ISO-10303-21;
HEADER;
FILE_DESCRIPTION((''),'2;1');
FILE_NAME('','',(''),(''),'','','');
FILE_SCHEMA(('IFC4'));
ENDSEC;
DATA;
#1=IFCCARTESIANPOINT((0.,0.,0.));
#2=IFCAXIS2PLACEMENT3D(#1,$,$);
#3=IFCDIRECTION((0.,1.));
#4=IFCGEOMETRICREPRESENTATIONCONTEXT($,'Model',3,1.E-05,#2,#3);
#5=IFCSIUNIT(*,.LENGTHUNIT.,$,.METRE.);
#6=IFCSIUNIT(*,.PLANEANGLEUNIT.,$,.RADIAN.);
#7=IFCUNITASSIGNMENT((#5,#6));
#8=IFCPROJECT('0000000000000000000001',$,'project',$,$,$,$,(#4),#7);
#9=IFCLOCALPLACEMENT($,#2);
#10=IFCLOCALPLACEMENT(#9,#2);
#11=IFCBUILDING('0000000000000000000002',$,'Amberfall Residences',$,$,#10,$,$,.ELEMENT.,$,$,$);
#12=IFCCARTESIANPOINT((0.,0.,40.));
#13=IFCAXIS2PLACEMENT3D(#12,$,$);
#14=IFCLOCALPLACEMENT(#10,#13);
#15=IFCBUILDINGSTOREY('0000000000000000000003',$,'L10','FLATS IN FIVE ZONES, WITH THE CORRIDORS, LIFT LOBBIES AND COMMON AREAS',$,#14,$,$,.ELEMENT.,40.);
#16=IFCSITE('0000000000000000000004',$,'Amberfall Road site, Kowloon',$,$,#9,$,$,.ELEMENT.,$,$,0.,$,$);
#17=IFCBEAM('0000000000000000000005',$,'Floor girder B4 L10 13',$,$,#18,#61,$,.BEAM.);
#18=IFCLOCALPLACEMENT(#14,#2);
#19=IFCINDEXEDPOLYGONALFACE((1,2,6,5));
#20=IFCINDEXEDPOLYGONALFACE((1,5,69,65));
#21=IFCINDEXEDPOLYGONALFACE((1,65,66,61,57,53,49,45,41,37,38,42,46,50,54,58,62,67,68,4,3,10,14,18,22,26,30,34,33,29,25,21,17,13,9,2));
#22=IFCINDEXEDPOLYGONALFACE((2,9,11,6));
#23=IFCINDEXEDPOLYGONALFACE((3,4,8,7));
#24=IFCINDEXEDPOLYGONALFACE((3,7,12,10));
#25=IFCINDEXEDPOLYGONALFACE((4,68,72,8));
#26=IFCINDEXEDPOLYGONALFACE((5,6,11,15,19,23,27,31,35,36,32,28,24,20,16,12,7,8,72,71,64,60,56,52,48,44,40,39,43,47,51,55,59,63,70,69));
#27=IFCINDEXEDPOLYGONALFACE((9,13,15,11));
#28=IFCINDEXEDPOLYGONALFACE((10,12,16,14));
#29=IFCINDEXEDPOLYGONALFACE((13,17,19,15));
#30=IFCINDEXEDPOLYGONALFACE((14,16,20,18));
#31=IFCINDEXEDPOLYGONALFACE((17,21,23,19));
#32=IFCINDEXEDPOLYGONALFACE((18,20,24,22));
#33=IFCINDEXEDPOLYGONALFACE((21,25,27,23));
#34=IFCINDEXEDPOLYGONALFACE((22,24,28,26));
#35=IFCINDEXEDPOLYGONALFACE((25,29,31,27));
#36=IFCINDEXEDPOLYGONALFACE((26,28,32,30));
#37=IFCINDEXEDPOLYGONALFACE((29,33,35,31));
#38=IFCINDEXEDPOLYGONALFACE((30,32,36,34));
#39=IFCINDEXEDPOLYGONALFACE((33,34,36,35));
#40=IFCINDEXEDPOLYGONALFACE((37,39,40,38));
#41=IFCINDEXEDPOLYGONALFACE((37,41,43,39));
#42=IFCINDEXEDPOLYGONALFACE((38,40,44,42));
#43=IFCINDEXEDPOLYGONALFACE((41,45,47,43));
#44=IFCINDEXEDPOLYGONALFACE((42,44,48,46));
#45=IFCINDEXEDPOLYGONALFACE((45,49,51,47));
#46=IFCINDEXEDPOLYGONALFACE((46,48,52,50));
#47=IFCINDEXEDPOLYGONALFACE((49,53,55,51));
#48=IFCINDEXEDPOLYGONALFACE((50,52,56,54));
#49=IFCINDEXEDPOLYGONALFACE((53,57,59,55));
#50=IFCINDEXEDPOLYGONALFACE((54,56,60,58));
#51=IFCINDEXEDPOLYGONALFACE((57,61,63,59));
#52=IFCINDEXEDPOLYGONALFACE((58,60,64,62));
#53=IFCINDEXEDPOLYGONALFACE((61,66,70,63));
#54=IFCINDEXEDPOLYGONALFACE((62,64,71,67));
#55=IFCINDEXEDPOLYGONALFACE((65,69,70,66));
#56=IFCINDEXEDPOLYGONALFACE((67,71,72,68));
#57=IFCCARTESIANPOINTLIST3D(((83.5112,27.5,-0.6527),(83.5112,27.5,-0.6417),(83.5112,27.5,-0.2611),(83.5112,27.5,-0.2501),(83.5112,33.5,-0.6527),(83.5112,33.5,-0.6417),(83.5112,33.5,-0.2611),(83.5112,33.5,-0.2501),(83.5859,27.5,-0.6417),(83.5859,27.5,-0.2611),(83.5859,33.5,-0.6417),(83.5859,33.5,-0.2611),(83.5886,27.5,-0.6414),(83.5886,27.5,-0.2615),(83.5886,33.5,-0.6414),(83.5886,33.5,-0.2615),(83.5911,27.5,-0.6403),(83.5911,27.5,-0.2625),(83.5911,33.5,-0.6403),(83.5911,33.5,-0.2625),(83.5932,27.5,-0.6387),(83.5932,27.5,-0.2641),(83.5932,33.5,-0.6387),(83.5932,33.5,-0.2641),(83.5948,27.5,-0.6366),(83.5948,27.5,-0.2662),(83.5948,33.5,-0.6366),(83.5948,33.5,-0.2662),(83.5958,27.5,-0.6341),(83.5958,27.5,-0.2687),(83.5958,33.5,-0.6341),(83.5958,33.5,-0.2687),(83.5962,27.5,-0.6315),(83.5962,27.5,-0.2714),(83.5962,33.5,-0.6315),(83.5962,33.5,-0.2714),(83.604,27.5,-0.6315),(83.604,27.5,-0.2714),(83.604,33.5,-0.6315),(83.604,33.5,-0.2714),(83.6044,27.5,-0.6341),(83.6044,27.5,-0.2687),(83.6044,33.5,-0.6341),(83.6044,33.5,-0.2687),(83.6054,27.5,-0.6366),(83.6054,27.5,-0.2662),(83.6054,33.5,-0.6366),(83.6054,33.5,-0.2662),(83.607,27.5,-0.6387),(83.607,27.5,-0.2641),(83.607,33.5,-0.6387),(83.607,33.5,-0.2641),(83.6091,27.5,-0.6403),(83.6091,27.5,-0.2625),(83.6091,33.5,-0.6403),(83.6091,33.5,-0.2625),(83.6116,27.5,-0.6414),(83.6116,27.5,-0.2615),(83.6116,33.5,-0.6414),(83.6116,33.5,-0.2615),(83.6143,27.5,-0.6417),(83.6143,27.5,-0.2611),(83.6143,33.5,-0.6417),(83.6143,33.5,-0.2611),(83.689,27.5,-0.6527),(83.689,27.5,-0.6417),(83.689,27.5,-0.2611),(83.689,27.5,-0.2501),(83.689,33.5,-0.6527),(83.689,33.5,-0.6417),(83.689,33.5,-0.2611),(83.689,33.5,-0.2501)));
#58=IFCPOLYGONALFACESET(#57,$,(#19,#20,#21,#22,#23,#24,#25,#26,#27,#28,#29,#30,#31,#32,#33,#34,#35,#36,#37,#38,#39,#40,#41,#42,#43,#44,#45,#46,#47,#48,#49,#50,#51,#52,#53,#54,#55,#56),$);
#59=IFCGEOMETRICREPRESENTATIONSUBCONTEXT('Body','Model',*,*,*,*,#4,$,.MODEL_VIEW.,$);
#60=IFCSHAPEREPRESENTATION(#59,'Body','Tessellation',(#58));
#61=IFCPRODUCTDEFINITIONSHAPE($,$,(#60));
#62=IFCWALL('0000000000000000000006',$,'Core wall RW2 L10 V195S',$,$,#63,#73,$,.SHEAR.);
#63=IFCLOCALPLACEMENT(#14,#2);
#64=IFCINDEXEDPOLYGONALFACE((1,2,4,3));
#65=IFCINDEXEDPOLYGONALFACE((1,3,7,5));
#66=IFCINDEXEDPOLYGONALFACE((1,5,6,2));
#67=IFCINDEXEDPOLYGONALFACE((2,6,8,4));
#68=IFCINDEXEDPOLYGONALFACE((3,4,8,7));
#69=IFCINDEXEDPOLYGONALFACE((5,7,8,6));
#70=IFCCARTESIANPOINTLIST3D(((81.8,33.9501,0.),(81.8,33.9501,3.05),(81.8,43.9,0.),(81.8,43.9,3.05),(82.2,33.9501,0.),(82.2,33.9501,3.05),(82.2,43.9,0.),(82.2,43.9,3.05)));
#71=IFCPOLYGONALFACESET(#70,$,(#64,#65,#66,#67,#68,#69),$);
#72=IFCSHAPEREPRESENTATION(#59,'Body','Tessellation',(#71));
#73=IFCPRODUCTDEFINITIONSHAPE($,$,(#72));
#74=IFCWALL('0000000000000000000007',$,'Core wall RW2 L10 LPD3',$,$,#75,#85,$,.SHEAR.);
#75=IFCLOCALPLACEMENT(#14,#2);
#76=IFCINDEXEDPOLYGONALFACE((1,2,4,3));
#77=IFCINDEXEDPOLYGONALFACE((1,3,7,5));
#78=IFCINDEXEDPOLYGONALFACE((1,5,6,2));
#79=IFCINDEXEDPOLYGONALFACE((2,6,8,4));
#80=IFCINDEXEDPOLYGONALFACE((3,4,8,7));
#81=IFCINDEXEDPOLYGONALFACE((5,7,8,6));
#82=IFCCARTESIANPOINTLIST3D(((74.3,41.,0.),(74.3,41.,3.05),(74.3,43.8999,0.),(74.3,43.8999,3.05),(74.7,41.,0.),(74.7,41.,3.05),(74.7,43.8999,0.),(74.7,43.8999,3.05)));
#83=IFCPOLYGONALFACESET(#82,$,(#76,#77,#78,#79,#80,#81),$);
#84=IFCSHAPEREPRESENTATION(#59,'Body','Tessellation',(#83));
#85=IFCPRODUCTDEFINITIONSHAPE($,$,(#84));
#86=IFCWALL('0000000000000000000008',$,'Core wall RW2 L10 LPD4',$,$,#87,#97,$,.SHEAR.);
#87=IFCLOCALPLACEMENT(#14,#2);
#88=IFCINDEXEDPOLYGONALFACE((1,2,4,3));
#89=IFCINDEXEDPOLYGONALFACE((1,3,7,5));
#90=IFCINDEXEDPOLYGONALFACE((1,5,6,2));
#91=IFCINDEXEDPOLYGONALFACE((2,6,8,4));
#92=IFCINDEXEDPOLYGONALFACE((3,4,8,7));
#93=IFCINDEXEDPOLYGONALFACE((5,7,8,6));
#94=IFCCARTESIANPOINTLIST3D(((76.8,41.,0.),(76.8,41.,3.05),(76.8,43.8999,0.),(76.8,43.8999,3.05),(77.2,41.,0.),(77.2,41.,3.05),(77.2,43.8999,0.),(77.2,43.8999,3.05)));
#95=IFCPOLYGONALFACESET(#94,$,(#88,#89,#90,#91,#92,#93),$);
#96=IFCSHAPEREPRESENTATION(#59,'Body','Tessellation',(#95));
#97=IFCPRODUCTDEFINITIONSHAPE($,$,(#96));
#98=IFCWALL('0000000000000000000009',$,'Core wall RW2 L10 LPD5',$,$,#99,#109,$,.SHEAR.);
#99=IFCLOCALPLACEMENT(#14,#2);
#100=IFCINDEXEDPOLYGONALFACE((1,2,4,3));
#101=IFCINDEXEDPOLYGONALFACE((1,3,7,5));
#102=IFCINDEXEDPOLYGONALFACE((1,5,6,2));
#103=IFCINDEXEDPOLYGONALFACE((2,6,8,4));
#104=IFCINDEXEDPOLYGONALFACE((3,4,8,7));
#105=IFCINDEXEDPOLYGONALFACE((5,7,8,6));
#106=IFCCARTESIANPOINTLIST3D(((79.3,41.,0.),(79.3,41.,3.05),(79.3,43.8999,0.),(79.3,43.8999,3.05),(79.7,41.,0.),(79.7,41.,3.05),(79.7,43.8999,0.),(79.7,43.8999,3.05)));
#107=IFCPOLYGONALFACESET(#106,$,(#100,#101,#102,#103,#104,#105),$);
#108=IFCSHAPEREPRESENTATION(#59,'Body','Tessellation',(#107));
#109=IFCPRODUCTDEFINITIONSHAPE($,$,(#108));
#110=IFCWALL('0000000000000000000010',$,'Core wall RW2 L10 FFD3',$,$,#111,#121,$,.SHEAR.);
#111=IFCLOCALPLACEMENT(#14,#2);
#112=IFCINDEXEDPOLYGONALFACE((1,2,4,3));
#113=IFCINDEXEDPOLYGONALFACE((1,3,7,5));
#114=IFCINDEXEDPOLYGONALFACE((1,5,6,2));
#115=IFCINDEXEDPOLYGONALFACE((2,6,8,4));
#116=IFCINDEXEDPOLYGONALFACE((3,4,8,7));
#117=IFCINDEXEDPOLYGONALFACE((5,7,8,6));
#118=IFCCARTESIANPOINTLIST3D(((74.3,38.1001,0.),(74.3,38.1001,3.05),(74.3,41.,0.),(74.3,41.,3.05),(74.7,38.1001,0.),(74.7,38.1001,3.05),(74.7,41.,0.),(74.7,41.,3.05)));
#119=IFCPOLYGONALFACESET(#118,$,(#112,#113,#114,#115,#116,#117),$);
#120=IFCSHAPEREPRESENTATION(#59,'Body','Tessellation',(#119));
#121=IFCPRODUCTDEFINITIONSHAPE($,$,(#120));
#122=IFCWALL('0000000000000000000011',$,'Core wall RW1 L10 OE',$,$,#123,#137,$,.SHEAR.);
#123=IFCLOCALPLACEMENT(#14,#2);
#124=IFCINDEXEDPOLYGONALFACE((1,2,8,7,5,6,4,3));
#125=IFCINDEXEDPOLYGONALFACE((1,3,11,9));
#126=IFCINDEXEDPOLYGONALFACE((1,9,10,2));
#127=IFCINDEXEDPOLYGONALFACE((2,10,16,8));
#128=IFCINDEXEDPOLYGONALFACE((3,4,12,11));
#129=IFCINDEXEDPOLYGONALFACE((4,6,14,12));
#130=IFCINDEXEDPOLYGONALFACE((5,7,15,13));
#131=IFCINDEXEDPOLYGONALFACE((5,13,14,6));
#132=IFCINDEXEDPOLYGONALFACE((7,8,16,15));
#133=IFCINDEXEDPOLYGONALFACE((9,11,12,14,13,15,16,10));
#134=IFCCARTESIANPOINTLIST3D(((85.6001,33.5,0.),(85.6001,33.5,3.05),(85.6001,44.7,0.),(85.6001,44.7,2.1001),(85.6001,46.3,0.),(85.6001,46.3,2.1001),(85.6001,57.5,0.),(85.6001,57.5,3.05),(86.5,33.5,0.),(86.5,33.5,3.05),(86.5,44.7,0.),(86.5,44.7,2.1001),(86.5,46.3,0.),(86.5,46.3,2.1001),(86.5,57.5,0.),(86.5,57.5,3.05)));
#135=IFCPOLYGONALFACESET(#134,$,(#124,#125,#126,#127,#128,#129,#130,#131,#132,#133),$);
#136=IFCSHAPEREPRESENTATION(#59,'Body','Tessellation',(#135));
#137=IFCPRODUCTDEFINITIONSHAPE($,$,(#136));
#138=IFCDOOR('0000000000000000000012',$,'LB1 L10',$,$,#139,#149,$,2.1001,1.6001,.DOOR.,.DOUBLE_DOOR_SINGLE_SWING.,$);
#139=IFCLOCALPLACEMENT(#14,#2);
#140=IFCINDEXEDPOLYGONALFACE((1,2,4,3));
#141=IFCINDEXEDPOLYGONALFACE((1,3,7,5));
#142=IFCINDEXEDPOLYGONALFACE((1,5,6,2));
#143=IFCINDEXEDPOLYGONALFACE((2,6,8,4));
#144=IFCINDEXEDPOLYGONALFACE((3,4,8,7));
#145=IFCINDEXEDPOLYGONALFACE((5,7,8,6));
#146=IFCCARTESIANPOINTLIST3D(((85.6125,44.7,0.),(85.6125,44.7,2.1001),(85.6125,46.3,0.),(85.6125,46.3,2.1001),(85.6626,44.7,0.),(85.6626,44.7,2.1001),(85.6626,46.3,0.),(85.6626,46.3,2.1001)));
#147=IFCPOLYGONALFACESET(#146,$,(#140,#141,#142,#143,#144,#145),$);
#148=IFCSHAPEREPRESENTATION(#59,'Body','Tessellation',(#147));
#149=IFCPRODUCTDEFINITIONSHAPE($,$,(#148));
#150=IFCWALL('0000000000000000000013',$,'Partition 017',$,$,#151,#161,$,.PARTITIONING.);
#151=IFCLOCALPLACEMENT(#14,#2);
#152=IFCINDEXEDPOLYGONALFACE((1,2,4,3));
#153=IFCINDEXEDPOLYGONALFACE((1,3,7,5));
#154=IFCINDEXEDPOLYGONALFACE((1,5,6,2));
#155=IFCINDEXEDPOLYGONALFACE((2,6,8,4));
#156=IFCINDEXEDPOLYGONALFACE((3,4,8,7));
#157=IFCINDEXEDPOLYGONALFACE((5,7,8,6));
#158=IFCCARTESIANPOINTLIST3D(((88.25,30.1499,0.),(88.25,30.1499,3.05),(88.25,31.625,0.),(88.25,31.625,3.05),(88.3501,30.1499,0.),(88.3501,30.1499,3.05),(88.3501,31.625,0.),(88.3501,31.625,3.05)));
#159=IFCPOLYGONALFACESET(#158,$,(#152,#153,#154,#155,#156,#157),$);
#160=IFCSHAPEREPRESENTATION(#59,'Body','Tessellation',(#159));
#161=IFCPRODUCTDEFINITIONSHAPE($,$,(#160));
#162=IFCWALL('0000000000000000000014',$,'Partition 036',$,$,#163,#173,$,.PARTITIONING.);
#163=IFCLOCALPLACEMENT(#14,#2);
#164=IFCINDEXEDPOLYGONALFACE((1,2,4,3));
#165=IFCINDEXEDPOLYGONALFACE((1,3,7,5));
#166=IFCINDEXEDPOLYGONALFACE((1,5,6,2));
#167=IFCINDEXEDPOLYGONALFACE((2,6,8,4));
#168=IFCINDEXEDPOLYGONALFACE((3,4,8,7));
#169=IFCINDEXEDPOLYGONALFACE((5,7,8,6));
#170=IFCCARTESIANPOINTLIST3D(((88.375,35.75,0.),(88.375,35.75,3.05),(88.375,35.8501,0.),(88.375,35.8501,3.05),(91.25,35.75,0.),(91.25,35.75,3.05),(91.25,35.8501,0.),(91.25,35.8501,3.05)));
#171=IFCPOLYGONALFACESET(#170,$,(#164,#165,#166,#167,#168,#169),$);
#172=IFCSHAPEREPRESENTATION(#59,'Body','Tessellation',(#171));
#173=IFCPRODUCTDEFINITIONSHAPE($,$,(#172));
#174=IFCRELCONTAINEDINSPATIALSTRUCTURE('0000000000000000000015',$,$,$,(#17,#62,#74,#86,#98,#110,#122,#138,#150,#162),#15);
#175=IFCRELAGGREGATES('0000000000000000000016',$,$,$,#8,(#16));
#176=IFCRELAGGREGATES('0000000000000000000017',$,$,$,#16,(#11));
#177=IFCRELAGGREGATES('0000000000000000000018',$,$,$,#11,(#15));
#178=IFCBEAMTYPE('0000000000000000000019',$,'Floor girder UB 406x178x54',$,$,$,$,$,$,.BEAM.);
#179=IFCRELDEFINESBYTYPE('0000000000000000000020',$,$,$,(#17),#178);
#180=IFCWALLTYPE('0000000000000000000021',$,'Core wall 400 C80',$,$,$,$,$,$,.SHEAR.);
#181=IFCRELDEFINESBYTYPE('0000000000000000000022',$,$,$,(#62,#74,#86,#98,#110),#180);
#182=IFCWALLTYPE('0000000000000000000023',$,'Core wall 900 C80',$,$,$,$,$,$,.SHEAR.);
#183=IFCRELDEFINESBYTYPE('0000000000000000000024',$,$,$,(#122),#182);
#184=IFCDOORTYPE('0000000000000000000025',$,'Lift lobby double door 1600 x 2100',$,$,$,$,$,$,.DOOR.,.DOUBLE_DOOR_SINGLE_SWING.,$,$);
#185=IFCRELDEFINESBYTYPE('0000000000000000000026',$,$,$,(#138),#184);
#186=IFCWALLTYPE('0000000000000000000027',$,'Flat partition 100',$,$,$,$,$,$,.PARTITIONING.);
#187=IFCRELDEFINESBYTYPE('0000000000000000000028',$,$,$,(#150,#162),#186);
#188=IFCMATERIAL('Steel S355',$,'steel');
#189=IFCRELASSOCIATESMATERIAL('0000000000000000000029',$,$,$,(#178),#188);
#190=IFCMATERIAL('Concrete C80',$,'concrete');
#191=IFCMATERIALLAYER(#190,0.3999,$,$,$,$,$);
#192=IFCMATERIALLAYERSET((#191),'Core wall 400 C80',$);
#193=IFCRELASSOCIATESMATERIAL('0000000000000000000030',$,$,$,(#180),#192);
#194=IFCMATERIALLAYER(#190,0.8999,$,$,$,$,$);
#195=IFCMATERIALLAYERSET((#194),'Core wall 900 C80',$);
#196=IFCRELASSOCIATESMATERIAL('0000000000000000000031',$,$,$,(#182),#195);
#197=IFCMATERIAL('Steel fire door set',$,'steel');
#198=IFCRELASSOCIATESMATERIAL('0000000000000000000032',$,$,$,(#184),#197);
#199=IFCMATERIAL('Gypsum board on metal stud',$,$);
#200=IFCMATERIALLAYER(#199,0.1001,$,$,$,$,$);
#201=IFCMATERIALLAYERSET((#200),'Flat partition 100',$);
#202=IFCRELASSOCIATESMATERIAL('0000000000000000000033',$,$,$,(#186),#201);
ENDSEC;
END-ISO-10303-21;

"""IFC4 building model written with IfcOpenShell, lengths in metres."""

from ifc_helpers import new_model, si_unit, direction, frame, frame_2d, origin, origin_2d, place, context, subcontext, project, spatial, rectangle, i_section, extrude, material, layer, layer_set, material_profile, profile_set, type_object, element, fill, save


model = new_model("IFC4")

# Units and contexts
model_context = context("Model", 3, precision=1e-05, world=origin(), true_north=direction((0.0, 1.0)))
body_context = subcontext(model_context, "Body", "Model", "MODEL_VIEW")
ifc_project = project(units=[si_unit("LENGTHUNIT", "METRE"), si_unit("PLANEANGLEUNIT", "RADIAN")], contexts=[model_context])

# Site, building, storey
site_placement = place(None, origin())
site = spatial("IfcSite", under=ifc_project, at=site_placement, Name="Amberfall Road site, Kowloon", CompositionType="ELEMENT", RefElevation=0.0)
building_placement = place(site_placement, origin())
building = spatial("IfcBuilding", under=site, at=building_placement, Name="Amberfall Residences", CompositionType="ELEMENT")
storey_placement = place(building_placement, frame((0.0, 0.0, 40.0)))
storey = spatial("IfcBuildingStorey", under=building, at=storey_placement, Name="L10", Description="FLATS IN FIVE ZONES, WITH THE CORRIDORS, LIFT LOBBIES AND COMMON AREAS", CompositionType="ELEMENT", Elevation=40.0)

# Beam
ifc_material_1 = material(Name="Steel S355", Category="steel")
ifc_material_profile = material_profile(ifc_material_1, i_section(OverallWidth=0.1777, OverallDepth=0.4026, WebThickness=0.0078, FlangeThickness=0.011, FilletRadius=0.0103, at=origin_2d()), Name="UB 406x178x54")
ifc_profile_set = profile_set([ifc_material_profile], Name="Steel S355")
beam_type = type_object("IfcBeamType", Name="Floor girder UB 406x178x54", PredefinedType="BEAM", material=ifc_profile_set)
beam_placement = place(storey_placement, frame((83.6001, 27.5, -0.4514), z_axis=(0.0, 1.0, 0.0), x_axis=(-1.0, 0.0, 0.0)))
element("IfcBeam", 1, at=beam_placement, inside=storey, type_object=beam_type, Name="Floor girder B4 L10 13", PredefinedType="BEAM", context=body_context, shape_type="SweptSolid", body=[
    extrude(i_section(OverallWidth=0.1777, OverallDepth=0.4026, WebThickness=0.0078, FlangeThickness=0.011, FilletRadius=0.0103, at=origin_2d()), origin(), (0.0, 0.0, 1.0), 6.0),
])

# Walls
ifc_material_2 = material(Name="Concrete C80", Category="concrete")
ifc_layer_1 = layer(ifc_material_2, 0.3999)
ifc_layer_set_1 = layer_set([ifc_layer_1], Name="Core wall 400 C80")
wall_type_1 = type_object("IfcWallType", Name="Core wall 400 C80", PredefinedType="SHEAR", material=ifc_layer_set_1)
wall_1_placement = place(storey_placement, frame((82.0, 33.95, 0.0), z_axis=(0.0, 0.0, 1.0), x_axis=(0.0, 1.0, 0.0)))
element("IfcWall", 2, at=wall_1_placement, inside=storey, type_object=wall_type_1, Name="Core wall RW2 L10 V195S", PredefinedType="SHEAR", context=body_context, shape_type="SweptSolid", body=[
    extrude(rectangle(XDim=9.95, YDim=0.3999, at=frame_2d((4.9751, 0.0))), origin(), (0.0, 0.0, 1.0), 3.05),
])
for number, where, z_axis, x_axis, name in (
    (3, (74.5, 41.0, 0.0), (0.0, 0.0, 1.0), (0.0, 1.0, 0.0), "Core wall RW2 L10 LPD3"),
    (4, (77.0, 41.0, 0.0), (0.0, 0.0, 1.0), (0.0, 1.0, 0.0), "Core wall RW2 L10 LPD4"),
    (5, (79.5, 41.0, 0.0), (0.0, 0.0, 1.0), (0.0, 1.0, 0.0), "Core wall RW2 L10 LPD5"),
    (6, (74.5, 38.1001, 0.0), (0.0, 0.0, 1.0), (0.0, 1.0, 0.0), "Core wall RW2 L10 FFD3"),
):
    element("IfcWall", number, at=place(storey_placement, frame(where, z_axis=z_axis, x_axis=x_axis)), inside=storey, type_object=wall_type_1, Name=name, PredefinedType="SHEAR", context=body_context, shape_type="SweptSolid", body=[
        extrude(rectangle(XDim=2.8999, YDim=0.3999, at=frame_2d((1.45, 0.0))), origin(), (0.0, 0.0, 1.0), 3.05),
    ])

# Wall, opening, door
ifc_layer_2 = layer(ifc_material_2, 0.8999)
ifc_layer_set_2 = layer_set([ifc_layer_2], Name="Core wall 900 C80")
wall_type_2 = type_object("IfcWallType", Name="Core wall 900 C80", PredefinedType="SHEAR", material=ifc_layer_set_2)
wall_2_placement = place(storey_placement, frame((86.05, 33.5, 0.0), z_axis=(0.0, 0.0, 1.0), x_axis=(0.0, 1.0, 0.0)))
wall_2 = element("IfcWall", 7, at=wall_2_placement, inside=storey, type_object=wall_type_2, Name="Core wall RW1 L10 OE", PredefinedType="SHEAR", context=body_context, shape_type="SweptSolid", body=[
    extrude(rectangle(XDim=24.0, YDim=0.8999, at=frame_2d((12.0, 0.0))), origin(), (0.0, 0.0, 1.0), 3.05),
])
opening_1_placement = place(wall_2_placement, frame((11.2, 0.0, 0.0)))
opening_1 = element("IfcOpeningElement", 8, at=opening_1_placement, cuts=wall_2, PredefinedType="OPENING", context=body_context, shape_type="SweptSolid", body=[
    extrude(rectangle(XDim=1.6001, YDim=2.1001, at=frame_2d((0.8, 1.05))), frame((0.0, 0.46, 0.0), z_axis=(0.0, -1.0, 0.0), x_axis=(1.0, 0.0, 0.0)), (0.0, 0.0, 1.0), 0.9199),
])
ifc_material_3 = material(Name="Steel fire door set", Category="steel")
door_type_1 = type_object("IfcDoorType", Name="Lift lobby double door 1600 x 2100", OperationType="DOUBLE_DOOR_SINGLE_SWING", PredefinedType="DOOR", material=ifc_material_3)
door_1_placement = place(opening_1_placement, origin())
door_1 = element("IfcDoor", 9, at=door_1_placement, inside=storey, type_object=door_type_1, Name="LB1 L10", OperationType="DOUBLE_DOOR_SINGLE_SWING", OverallHeight=2.1001, OverallWidth=1.6001, PredefinedType="DOOR", context=body_context, shape_type="SweptSolid", body=[
    extrude(rectangle(XDim=1.6001, YDim=2.1001, at=frame_2d((0.8, 1.05))), frame((0.0, 0.4375, 0.0), z_axis=(0.0, -1.0, 0.0), x_axis=(1.0, 0.0, 0.0)), (0.0, 0.0, 1.0), 0.05),
])
fill(opening_1, door_1)

# Walls
ifc_material_4 = material(Name="Gypsum board on metal stud")
ifc_layer_3 = layer(ifc_material_4, 0.1001)
ifc_layer_set_3 = layer_set([ifc_layer_3], Name="Flat partition 100")
wall_type_3 = type_object("IfcWallType", Name="Flat partition 100", PredefinedType="PARTITIONING", material=ifc_layer_set_3)
wall_3_placement = place(storey_placement, frame((88.3, 30.1499, 0.0), z_axis=(0.0, 0.0, 1.0), x_axis=(0.0, 1.0, 0.0)))
element("IfcWall", 10, at=wall_3_placement, inside=storey, type_object=wall_type_3, Name="Partition 017", PredefinedType="PARTITIONING", context=body_context, shape_type="SweptSolid", body=[
    extrude(rectangle(XDim=1.4751, YDim=0.1001, at=frame_2d((0.7375, 0.0))), origin(), (0.0, 0.0, 1.0), 3.05),
])
wall_4_placement = place(storey_placement, frame((88.375, 35.8, 0.0), z_axis=(0.0, 0.0, 1.0), x_axis=(1.0, 0.0, 0.0)))
element("IfcWall", 11, at=wall_4_placement, inside=storey, type_object=wall_type_3, Name="Partition 036", PredefinedType="PARTITIONING", context=body_context, shape_type="SweptSolid", body=[
    extrude(rectangle(XDim=2.875, YDim=0.1001, at=frame_2d((1.4375, 0.0))), origin(), (0.0, 0.0, 1.0), 3.05),
])

save(model, "model.ifc")
